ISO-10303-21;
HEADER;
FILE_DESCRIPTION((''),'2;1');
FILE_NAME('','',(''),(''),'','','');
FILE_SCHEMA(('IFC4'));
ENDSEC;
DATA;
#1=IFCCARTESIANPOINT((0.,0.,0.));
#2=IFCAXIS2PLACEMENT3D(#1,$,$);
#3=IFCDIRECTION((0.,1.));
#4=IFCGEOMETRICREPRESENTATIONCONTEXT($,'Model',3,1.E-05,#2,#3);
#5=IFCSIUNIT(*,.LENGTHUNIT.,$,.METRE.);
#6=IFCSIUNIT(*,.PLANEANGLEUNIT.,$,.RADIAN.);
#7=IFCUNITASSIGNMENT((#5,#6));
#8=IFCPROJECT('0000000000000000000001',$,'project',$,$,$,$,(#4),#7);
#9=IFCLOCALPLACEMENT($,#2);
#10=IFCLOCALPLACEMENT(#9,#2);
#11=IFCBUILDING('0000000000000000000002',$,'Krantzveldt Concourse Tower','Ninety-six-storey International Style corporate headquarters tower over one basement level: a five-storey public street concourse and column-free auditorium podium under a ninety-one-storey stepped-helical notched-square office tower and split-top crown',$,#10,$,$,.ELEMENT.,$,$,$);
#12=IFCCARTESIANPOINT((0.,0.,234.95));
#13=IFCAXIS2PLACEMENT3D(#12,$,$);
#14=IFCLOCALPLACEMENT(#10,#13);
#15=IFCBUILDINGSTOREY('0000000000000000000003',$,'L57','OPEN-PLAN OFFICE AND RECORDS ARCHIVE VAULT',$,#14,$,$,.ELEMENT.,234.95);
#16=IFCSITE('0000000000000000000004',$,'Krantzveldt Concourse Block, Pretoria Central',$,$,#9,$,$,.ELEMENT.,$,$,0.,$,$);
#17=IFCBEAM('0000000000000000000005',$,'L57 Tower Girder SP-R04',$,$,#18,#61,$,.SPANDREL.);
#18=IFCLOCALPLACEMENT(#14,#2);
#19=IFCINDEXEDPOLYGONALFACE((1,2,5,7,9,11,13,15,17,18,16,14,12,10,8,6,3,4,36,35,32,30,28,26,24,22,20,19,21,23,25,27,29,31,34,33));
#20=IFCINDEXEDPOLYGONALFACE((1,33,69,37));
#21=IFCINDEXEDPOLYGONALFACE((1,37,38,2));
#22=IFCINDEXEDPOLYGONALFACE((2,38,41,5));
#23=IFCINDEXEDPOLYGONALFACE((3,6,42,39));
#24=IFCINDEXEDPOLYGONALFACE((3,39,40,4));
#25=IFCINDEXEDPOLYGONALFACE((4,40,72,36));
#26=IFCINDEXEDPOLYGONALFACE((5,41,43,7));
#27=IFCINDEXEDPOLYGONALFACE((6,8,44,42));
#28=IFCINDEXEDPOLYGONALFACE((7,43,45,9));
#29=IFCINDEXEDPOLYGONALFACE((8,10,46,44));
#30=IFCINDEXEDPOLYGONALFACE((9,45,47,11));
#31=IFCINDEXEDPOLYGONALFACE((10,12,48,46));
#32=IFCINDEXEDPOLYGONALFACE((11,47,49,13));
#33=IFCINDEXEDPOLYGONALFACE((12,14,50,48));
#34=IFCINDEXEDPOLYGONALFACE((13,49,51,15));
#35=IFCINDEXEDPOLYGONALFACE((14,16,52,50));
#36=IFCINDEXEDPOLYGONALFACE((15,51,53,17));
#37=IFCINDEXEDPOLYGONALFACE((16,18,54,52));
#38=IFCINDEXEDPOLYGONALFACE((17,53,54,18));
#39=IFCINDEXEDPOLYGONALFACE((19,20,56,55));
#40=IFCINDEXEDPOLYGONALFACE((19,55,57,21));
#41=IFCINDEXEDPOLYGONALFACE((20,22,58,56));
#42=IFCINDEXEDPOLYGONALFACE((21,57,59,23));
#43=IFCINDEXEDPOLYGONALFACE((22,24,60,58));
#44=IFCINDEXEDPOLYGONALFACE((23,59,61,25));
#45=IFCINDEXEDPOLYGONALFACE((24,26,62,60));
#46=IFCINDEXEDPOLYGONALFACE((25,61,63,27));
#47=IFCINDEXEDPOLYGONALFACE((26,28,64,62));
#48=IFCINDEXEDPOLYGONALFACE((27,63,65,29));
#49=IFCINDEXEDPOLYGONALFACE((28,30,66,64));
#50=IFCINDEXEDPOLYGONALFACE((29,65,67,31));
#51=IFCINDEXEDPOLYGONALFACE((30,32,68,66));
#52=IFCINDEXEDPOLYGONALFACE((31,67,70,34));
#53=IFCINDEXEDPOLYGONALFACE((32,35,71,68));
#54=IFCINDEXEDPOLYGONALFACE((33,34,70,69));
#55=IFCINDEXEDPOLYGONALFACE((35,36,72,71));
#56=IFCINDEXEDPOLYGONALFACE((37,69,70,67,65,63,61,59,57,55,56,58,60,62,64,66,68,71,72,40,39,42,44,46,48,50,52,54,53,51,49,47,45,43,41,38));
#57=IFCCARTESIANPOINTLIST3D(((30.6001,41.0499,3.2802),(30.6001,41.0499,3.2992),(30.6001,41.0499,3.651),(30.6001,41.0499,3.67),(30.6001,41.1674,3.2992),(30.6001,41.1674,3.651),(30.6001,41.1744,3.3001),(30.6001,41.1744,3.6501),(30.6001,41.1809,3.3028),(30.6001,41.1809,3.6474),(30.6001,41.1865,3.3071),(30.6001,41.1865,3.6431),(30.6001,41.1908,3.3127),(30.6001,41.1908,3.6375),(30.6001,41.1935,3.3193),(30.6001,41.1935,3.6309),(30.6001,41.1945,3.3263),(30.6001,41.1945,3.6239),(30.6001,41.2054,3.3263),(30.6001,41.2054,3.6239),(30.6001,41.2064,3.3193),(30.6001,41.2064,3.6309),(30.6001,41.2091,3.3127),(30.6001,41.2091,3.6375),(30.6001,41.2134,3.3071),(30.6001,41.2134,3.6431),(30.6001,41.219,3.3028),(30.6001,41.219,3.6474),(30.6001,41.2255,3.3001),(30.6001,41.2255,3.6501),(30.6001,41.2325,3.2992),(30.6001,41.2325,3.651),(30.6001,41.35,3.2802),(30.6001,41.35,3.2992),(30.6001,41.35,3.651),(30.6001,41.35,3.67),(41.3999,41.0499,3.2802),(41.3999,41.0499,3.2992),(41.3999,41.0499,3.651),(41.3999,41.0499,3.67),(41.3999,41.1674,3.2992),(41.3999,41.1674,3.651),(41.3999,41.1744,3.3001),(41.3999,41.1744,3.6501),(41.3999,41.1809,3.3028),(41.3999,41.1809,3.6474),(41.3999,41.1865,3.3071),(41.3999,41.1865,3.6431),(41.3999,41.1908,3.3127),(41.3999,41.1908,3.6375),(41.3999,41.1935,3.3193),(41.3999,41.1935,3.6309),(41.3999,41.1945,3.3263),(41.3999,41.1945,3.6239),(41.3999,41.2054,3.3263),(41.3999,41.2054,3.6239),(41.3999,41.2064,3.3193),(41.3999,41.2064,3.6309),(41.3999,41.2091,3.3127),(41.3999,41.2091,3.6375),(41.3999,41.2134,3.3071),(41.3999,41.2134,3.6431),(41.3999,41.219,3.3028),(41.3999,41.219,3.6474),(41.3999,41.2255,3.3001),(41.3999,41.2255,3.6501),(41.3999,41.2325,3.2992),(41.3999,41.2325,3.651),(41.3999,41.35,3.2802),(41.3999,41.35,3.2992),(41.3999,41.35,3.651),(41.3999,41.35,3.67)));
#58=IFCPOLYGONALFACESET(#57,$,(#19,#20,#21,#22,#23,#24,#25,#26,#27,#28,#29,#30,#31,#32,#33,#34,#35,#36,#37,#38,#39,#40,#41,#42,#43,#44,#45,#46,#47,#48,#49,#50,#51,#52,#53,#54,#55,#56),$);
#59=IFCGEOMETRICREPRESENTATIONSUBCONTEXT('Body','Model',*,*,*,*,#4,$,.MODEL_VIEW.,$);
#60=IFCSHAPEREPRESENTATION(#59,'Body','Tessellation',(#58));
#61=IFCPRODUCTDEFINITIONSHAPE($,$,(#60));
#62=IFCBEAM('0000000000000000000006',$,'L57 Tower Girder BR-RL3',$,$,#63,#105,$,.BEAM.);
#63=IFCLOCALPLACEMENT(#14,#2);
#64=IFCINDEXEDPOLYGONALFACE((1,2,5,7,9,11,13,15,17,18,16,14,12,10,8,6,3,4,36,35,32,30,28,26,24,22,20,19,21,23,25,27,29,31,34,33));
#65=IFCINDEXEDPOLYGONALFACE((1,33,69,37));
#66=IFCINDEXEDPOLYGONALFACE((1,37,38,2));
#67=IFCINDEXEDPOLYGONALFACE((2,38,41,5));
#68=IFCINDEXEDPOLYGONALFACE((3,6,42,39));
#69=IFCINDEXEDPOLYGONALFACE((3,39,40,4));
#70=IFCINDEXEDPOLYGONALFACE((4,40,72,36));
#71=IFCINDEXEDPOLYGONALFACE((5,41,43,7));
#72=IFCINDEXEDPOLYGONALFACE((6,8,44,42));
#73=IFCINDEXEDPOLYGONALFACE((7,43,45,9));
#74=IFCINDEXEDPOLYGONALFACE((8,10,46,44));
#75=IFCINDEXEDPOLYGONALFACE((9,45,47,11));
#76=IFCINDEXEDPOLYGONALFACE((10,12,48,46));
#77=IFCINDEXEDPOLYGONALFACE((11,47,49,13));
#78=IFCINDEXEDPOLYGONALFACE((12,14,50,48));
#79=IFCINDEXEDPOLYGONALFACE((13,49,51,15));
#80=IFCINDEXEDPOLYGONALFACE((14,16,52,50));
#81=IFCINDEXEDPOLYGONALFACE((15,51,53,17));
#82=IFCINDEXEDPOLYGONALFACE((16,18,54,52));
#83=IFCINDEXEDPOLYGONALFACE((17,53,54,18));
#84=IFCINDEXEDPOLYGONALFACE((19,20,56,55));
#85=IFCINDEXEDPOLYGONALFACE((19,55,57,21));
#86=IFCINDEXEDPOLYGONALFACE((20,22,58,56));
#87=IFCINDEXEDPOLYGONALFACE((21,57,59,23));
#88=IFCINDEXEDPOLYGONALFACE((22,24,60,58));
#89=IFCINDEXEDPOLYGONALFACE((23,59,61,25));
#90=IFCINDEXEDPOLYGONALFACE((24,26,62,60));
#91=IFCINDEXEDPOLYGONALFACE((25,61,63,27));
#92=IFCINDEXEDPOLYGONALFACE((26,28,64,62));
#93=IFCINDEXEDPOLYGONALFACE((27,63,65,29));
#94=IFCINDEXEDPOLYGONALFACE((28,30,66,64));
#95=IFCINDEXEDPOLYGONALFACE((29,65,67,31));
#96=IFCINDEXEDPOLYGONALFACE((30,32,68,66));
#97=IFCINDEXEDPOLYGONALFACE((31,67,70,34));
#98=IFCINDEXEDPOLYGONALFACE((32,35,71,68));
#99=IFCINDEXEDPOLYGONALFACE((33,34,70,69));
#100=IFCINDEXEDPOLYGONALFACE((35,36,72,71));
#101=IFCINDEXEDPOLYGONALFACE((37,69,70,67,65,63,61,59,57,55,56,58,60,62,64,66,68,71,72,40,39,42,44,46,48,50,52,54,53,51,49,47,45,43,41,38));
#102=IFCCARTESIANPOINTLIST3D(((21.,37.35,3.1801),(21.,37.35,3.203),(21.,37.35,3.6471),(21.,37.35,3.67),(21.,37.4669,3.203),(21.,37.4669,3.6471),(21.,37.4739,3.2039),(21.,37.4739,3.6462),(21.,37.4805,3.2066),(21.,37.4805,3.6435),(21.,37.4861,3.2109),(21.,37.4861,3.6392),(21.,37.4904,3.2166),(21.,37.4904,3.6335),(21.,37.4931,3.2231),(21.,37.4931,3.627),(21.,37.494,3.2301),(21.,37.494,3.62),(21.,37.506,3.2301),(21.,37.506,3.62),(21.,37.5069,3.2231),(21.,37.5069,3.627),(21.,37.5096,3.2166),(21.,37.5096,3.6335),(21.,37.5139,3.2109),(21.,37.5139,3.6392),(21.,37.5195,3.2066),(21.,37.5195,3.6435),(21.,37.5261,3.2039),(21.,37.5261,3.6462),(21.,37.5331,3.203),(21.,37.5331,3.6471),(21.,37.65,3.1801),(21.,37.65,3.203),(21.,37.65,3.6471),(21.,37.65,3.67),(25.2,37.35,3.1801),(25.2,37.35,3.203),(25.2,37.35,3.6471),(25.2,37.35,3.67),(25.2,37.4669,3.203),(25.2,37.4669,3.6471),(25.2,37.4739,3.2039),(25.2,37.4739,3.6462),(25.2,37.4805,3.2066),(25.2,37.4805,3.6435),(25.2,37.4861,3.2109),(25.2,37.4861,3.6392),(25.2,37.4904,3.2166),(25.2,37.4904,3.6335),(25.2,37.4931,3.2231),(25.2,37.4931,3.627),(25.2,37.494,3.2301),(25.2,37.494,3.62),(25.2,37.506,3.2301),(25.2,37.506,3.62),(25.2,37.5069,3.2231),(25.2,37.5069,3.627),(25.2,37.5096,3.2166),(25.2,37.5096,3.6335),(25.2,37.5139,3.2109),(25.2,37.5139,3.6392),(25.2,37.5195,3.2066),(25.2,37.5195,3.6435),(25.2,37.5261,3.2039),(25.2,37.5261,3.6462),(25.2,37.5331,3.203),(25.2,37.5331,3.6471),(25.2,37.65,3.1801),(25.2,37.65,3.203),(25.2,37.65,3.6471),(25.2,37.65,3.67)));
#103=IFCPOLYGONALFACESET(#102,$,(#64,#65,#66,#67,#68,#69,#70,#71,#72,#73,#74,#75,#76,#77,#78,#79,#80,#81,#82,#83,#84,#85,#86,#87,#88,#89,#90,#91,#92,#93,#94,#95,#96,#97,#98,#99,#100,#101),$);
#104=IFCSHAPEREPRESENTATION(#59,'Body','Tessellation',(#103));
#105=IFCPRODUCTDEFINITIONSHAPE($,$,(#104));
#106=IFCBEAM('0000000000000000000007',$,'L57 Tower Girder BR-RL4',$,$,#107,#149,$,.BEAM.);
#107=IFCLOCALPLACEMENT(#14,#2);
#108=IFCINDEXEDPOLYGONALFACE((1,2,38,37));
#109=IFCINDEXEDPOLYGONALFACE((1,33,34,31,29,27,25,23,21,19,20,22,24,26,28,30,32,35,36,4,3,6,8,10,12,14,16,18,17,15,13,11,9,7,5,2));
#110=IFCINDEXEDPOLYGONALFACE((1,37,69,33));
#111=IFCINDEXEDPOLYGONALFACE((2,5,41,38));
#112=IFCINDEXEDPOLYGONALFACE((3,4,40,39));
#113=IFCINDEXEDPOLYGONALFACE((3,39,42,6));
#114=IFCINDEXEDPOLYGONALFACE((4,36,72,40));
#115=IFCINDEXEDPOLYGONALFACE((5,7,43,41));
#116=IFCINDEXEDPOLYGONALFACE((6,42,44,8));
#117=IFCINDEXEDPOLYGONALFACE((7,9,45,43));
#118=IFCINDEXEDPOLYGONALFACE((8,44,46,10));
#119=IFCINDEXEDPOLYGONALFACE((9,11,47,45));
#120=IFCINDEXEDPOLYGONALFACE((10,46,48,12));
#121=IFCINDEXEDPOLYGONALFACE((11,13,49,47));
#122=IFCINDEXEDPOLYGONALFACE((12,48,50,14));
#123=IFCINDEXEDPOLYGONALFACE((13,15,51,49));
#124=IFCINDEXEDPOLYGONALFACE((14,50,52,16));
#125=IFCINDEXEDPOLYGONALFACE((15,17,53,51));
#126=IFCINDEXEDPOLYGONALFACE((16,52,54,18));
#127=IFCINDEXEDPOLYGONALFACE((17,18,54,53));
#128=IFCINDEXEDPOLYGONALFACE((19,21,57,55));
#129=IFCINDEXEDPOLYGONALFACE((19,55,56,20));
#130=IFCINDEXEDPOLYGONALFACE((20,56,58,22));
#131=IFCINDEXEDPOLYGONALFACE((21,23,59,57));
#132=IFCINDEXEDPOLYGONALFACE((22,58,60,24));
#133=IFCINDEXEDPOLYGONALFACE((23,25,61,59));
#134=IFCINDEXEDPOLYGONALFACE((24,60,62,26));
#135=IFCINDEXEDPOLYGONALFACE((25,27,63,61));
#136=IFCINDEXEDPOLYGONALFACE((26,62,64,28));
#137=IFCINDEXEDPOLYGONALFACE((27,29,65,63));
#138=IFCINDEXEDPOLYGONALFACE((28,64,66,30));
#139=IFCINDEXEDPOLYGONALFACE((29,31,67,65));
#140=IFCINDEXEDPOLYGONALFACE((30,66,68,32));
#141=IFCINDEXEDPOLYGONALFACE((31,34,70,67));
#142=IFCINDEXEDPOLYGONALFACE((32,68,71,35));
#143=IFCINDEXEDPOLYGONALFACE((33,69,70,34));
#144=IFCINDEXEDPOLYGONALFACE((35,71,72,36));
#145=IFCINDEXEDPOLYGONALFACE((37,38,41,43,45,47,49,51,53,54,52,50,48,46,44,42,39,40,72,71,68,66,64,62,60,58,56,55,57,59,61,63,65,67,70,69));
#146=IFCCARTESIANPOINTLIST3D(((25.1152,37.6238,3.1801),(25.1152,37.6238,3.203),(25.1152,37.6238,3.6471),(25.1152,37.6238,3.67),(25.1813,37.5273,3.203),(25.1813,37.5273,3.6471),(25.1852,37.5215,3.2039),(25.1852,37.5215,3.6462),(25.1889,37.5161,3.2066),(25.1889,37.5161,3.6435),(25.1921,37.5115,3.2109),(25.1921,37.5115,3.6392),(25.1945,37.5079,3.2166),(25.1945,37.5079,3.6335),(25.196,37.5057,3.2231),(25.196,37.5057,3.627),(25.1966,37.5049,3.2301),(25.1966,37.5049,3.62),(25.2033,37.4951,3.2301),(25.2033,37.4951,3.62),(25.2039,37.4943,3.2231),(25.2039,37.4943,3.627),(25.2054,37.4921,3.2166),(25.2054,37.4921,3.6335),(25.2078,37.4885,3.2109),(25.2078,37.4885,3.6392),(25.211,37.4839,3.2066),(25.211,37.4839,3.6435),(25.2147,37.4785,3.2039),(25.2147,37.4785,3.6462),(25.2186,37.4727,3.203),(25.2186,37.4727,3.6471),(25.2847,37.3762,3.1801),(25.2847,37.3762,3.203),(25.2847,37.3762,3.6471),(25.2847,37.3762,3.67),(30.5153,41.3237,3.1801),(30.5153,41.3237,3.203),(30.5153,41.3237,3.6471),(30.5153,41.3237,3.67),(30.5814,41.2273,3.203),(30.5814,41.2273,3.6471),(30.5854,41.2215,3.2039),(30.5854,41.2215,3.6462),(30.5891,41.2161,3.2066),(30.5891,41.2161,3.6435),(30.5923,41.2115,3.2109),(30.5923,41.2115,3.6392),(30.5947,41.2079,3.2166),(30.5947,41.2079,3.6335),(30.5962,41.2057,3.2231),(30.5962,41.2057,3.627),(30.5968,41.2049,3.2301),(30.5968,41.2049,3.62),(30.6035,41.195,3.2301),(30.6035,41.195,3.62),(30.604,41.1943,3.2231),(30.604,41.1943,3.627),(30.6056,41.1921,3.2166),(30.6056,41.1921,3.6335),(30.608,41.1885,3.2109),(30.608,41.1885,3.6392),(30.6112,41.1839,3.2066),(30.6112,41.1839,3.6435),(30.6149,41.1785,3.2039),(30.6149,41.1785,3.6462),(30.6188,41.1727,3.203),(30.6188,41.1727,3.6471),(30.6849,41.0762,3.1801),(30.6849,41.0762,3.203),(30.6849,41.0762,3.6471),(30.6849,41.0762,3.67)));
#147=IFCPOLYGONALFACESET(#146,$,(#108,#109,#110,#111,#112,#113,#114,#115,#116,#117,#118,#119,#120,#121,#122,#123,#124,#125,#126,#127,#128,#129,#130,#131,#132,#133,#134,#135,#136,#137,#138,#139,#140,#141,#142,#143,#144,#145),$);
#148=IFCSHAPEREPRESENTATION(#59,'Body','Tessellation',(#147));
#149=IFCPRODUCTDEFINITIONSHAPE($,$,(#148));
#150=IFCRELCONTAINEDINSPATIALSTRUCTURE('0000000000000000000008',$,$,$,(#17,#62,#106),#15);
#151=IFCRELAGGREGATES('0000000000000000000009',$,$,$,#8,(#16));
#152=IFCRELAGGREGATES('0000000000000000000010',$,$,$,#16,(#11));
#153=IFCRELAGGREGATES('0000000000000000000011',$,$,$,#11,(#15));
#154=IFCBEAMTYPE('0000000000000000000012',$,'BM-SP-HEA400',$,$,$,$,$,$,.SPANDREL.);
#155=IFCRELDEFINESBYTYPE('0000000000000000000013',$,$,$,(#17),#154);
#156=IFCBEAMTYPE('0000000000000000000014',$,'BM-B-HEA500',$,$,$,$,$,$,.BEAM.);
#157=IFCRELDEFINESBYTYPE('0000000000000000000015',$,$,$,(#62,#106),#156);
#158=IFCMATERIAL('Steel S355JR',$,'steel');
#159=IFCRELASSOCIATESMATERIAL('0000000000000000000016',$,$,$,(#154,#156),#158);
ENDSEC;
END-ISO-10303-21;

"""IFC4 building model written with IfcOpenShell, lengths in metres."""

from ifc_helpers import new_model, si_unit, direction, frame, origin, origin_2d, place, context, subcontext, project, spatial, i_section, extrude, source, transform, mapped, material, material_profile, profile_set, type_object, type_shapes, element, save


model = new_model("IFC4")

# Units and contexts
model_context = context("Model", 3, precision=1e-05, world=origin(), true_north=direction((0.0, 1.0)))
body_context = subcontext(model_context, "Body", "Model", "MODEL_VIEW")
ifc_project = project(units=[si_unit("LENGTHUNIT", "METRE"), si_unit("PLANEANGLEUNIT", "RADIAN")], contexts=[model_context])

# Site, building, storey
site_placement = place(None, origin())
site = spatial("IfcSite", under=ifc_project, at=site_placement, Name="Krantzveldt Concourse Block, Pretoria Central", CompositionType="ELEMENT", RefElevation=0.0)
building_placement = place(site_placement, origin())
building = spatial("IfcBuilding", under=site, at=building_placement, Name="Krantzveldt Concourse Tower", Description="Ninety-six-storey International Style corporate headquarters tower over one basement level: a five-storey public street concourse and column-free auditorium podium under a ninety-one-storey stepped-helical notched-square office tower and split-top crown", CompositionType="ELEMENT")
storey_placement = place(building_placement, frame((0.0, 0.0, 234.95)))
storey = spatial("IfcBuildingStorey", under=building, at=storey_placement, Name="L57", Description="OPEN-PLAN OFFICE AND RECORDS ARCHIVE VAULT", CompositionType="ELEMENT", Elevation=234.95)

# Beams
ifc_material_1 = material(Name="Steel S355JR", Category="steel")
ifc_material_profile_1 = material_profile(ifc_material_1, i_section(OverallWidth=0.3, OverallDepth=0.3899, WebThickness=0.011, FlangeThickness=0.019, FilletRadius=0.0271, at=origin_2d()), Name="Steel S355JR", Category="steel")
ifc_profile_set_1 = profile_set([ifc_material_profile_1], Name="Steel S355JR - HEA 400")
beam_type_1 = type_object("IfcBeamType", Name="BM-SP-HEA400", PredefinedType="SPANDREL", material=ifc_profile_set_1)
shared_shape_1 = source(origin(), body_context, "Body", "SweptSolid", [
    extrude(i_section(OverallWidth=0.3, OverallDepth=0.3899, WebThickness=0.011, FlangeThickness=0.019, FilletRadius=0.0271, at=origin_2d()), origin(), (0.0, 0.0, 1.0), 10.7998),
])
beam_1_placement = place(storey_placement, frame((30.6001, 41.2, 3.4751), z_axis=(1.0, 0.0, 0.0), x_axis=(0.0, 1.0, 0.0)))
element("IfcBeam", 1, at=beam_1_placement, inside=storey, type_object=beam_type_1, Name="L57 Tower Girder SP-R04", PredefinedType="SPANDREL", context=body_context, shape_type="MappedRepresentation", body=[
    mapped(shared_shape_1, transform((0.0, 0.0, 0.0), x_axis=(1.0, 0.0, 0.0), y_axis=(0.0, 1.0, 0.0), z_axis=(0.0, 0.0, 1.0), scale=1.0)),
])
ifc_material_profile_2 = material_profile(ifc_material_1, i_section(OverallWidth=0.3, OverallDepth=0.49, WebThickness=0.012, FlangeThickness=0.0229, FilletRadius=0.0271, at=origin_2d()), Name="Steel S355JR", Category="steel")
ifc_profile_set_2 = profile_set([ifc_material_profile_2], Name="Steel S355JR - HEA 500")
beam_type_2 = type_object("IfcBeamType", Name="BM-B-HEA500", PredefinedType="BEAM", material=ifc_profile_set_2)
shared_shape_2 = source(origin(), body_context, "Body", "SweptSolid", [
    extrude(i_section(OverallWidth=0.3, OverallDepth=0.49, WebThickness=0.012, FlangeThickness=0.0229, FilletRadius=0.0271, at=origin_2d()), origin(), (0.0, 0.0, 1.0), 4.2),
])
beam_2_placement = place(storey_placement, frame((21.0, 37.5, 3.425), z_axis=(1.0, 0.0, 0.0), x_axis=(0.0, 1.0, 0.0)))
element("IfcBeam", 2, at=beam_2_placement, inside=storey, type_object=beam_type_2, Name="L57 Tower Girder BR-RL3", PredefinedType="BEAM", context=body_context, shape_type="MappedRepresentation", body=[
    mapped(shared_shape_2, transform((0.0, 0.0, 0.0), x_axis=(1.0, 0.0, 0.0), y_axis=(0.0, 1.0, 0.0), z_axis=(0.0, 0.0, 1.0), scale=1.0)),
])
shared_shape_3 = source(origin(), body_context, "Body", "SweptSolid", [
    extrude(i_section(OverallWidth=0.3, OverallDepth=0.49, WebThickness=0.012, FlangeThickness=0.0229, FilletRadius=0.0271, at=origin_2d()), origin(), (0.0, 0.0, 1.0), 6.5461),
])
type_shapes(beam_type_2, [shared_shape_2, shared_shape_3])
beam_3_placement = place(storey_placement, frame((25.2, 37.5, 3.425), z_axis=(0.824943, 0.565216, 0.0), x_axis=(-0.565216, 0.824943, 0.0)))
element("IfcBeam", 3, at=beam_3_placement, inside=storey, type_object=beam_type_2, Name="L57 Tower Girder BR-RL4", PredefinedType="BEAM", context=body_context, shape_type="MappedRepresentation", body=[
    mapped(shared_shape_3, transform((0.0, 0.0, 0.0), x_axis=(1.0, 0.0, 0.0), y_axis=(0.0, 1.0, 0.0), z_axis=(0.0, 0.0, 1.0), scale=1.0)),
])

save(model, "model.ifc")
